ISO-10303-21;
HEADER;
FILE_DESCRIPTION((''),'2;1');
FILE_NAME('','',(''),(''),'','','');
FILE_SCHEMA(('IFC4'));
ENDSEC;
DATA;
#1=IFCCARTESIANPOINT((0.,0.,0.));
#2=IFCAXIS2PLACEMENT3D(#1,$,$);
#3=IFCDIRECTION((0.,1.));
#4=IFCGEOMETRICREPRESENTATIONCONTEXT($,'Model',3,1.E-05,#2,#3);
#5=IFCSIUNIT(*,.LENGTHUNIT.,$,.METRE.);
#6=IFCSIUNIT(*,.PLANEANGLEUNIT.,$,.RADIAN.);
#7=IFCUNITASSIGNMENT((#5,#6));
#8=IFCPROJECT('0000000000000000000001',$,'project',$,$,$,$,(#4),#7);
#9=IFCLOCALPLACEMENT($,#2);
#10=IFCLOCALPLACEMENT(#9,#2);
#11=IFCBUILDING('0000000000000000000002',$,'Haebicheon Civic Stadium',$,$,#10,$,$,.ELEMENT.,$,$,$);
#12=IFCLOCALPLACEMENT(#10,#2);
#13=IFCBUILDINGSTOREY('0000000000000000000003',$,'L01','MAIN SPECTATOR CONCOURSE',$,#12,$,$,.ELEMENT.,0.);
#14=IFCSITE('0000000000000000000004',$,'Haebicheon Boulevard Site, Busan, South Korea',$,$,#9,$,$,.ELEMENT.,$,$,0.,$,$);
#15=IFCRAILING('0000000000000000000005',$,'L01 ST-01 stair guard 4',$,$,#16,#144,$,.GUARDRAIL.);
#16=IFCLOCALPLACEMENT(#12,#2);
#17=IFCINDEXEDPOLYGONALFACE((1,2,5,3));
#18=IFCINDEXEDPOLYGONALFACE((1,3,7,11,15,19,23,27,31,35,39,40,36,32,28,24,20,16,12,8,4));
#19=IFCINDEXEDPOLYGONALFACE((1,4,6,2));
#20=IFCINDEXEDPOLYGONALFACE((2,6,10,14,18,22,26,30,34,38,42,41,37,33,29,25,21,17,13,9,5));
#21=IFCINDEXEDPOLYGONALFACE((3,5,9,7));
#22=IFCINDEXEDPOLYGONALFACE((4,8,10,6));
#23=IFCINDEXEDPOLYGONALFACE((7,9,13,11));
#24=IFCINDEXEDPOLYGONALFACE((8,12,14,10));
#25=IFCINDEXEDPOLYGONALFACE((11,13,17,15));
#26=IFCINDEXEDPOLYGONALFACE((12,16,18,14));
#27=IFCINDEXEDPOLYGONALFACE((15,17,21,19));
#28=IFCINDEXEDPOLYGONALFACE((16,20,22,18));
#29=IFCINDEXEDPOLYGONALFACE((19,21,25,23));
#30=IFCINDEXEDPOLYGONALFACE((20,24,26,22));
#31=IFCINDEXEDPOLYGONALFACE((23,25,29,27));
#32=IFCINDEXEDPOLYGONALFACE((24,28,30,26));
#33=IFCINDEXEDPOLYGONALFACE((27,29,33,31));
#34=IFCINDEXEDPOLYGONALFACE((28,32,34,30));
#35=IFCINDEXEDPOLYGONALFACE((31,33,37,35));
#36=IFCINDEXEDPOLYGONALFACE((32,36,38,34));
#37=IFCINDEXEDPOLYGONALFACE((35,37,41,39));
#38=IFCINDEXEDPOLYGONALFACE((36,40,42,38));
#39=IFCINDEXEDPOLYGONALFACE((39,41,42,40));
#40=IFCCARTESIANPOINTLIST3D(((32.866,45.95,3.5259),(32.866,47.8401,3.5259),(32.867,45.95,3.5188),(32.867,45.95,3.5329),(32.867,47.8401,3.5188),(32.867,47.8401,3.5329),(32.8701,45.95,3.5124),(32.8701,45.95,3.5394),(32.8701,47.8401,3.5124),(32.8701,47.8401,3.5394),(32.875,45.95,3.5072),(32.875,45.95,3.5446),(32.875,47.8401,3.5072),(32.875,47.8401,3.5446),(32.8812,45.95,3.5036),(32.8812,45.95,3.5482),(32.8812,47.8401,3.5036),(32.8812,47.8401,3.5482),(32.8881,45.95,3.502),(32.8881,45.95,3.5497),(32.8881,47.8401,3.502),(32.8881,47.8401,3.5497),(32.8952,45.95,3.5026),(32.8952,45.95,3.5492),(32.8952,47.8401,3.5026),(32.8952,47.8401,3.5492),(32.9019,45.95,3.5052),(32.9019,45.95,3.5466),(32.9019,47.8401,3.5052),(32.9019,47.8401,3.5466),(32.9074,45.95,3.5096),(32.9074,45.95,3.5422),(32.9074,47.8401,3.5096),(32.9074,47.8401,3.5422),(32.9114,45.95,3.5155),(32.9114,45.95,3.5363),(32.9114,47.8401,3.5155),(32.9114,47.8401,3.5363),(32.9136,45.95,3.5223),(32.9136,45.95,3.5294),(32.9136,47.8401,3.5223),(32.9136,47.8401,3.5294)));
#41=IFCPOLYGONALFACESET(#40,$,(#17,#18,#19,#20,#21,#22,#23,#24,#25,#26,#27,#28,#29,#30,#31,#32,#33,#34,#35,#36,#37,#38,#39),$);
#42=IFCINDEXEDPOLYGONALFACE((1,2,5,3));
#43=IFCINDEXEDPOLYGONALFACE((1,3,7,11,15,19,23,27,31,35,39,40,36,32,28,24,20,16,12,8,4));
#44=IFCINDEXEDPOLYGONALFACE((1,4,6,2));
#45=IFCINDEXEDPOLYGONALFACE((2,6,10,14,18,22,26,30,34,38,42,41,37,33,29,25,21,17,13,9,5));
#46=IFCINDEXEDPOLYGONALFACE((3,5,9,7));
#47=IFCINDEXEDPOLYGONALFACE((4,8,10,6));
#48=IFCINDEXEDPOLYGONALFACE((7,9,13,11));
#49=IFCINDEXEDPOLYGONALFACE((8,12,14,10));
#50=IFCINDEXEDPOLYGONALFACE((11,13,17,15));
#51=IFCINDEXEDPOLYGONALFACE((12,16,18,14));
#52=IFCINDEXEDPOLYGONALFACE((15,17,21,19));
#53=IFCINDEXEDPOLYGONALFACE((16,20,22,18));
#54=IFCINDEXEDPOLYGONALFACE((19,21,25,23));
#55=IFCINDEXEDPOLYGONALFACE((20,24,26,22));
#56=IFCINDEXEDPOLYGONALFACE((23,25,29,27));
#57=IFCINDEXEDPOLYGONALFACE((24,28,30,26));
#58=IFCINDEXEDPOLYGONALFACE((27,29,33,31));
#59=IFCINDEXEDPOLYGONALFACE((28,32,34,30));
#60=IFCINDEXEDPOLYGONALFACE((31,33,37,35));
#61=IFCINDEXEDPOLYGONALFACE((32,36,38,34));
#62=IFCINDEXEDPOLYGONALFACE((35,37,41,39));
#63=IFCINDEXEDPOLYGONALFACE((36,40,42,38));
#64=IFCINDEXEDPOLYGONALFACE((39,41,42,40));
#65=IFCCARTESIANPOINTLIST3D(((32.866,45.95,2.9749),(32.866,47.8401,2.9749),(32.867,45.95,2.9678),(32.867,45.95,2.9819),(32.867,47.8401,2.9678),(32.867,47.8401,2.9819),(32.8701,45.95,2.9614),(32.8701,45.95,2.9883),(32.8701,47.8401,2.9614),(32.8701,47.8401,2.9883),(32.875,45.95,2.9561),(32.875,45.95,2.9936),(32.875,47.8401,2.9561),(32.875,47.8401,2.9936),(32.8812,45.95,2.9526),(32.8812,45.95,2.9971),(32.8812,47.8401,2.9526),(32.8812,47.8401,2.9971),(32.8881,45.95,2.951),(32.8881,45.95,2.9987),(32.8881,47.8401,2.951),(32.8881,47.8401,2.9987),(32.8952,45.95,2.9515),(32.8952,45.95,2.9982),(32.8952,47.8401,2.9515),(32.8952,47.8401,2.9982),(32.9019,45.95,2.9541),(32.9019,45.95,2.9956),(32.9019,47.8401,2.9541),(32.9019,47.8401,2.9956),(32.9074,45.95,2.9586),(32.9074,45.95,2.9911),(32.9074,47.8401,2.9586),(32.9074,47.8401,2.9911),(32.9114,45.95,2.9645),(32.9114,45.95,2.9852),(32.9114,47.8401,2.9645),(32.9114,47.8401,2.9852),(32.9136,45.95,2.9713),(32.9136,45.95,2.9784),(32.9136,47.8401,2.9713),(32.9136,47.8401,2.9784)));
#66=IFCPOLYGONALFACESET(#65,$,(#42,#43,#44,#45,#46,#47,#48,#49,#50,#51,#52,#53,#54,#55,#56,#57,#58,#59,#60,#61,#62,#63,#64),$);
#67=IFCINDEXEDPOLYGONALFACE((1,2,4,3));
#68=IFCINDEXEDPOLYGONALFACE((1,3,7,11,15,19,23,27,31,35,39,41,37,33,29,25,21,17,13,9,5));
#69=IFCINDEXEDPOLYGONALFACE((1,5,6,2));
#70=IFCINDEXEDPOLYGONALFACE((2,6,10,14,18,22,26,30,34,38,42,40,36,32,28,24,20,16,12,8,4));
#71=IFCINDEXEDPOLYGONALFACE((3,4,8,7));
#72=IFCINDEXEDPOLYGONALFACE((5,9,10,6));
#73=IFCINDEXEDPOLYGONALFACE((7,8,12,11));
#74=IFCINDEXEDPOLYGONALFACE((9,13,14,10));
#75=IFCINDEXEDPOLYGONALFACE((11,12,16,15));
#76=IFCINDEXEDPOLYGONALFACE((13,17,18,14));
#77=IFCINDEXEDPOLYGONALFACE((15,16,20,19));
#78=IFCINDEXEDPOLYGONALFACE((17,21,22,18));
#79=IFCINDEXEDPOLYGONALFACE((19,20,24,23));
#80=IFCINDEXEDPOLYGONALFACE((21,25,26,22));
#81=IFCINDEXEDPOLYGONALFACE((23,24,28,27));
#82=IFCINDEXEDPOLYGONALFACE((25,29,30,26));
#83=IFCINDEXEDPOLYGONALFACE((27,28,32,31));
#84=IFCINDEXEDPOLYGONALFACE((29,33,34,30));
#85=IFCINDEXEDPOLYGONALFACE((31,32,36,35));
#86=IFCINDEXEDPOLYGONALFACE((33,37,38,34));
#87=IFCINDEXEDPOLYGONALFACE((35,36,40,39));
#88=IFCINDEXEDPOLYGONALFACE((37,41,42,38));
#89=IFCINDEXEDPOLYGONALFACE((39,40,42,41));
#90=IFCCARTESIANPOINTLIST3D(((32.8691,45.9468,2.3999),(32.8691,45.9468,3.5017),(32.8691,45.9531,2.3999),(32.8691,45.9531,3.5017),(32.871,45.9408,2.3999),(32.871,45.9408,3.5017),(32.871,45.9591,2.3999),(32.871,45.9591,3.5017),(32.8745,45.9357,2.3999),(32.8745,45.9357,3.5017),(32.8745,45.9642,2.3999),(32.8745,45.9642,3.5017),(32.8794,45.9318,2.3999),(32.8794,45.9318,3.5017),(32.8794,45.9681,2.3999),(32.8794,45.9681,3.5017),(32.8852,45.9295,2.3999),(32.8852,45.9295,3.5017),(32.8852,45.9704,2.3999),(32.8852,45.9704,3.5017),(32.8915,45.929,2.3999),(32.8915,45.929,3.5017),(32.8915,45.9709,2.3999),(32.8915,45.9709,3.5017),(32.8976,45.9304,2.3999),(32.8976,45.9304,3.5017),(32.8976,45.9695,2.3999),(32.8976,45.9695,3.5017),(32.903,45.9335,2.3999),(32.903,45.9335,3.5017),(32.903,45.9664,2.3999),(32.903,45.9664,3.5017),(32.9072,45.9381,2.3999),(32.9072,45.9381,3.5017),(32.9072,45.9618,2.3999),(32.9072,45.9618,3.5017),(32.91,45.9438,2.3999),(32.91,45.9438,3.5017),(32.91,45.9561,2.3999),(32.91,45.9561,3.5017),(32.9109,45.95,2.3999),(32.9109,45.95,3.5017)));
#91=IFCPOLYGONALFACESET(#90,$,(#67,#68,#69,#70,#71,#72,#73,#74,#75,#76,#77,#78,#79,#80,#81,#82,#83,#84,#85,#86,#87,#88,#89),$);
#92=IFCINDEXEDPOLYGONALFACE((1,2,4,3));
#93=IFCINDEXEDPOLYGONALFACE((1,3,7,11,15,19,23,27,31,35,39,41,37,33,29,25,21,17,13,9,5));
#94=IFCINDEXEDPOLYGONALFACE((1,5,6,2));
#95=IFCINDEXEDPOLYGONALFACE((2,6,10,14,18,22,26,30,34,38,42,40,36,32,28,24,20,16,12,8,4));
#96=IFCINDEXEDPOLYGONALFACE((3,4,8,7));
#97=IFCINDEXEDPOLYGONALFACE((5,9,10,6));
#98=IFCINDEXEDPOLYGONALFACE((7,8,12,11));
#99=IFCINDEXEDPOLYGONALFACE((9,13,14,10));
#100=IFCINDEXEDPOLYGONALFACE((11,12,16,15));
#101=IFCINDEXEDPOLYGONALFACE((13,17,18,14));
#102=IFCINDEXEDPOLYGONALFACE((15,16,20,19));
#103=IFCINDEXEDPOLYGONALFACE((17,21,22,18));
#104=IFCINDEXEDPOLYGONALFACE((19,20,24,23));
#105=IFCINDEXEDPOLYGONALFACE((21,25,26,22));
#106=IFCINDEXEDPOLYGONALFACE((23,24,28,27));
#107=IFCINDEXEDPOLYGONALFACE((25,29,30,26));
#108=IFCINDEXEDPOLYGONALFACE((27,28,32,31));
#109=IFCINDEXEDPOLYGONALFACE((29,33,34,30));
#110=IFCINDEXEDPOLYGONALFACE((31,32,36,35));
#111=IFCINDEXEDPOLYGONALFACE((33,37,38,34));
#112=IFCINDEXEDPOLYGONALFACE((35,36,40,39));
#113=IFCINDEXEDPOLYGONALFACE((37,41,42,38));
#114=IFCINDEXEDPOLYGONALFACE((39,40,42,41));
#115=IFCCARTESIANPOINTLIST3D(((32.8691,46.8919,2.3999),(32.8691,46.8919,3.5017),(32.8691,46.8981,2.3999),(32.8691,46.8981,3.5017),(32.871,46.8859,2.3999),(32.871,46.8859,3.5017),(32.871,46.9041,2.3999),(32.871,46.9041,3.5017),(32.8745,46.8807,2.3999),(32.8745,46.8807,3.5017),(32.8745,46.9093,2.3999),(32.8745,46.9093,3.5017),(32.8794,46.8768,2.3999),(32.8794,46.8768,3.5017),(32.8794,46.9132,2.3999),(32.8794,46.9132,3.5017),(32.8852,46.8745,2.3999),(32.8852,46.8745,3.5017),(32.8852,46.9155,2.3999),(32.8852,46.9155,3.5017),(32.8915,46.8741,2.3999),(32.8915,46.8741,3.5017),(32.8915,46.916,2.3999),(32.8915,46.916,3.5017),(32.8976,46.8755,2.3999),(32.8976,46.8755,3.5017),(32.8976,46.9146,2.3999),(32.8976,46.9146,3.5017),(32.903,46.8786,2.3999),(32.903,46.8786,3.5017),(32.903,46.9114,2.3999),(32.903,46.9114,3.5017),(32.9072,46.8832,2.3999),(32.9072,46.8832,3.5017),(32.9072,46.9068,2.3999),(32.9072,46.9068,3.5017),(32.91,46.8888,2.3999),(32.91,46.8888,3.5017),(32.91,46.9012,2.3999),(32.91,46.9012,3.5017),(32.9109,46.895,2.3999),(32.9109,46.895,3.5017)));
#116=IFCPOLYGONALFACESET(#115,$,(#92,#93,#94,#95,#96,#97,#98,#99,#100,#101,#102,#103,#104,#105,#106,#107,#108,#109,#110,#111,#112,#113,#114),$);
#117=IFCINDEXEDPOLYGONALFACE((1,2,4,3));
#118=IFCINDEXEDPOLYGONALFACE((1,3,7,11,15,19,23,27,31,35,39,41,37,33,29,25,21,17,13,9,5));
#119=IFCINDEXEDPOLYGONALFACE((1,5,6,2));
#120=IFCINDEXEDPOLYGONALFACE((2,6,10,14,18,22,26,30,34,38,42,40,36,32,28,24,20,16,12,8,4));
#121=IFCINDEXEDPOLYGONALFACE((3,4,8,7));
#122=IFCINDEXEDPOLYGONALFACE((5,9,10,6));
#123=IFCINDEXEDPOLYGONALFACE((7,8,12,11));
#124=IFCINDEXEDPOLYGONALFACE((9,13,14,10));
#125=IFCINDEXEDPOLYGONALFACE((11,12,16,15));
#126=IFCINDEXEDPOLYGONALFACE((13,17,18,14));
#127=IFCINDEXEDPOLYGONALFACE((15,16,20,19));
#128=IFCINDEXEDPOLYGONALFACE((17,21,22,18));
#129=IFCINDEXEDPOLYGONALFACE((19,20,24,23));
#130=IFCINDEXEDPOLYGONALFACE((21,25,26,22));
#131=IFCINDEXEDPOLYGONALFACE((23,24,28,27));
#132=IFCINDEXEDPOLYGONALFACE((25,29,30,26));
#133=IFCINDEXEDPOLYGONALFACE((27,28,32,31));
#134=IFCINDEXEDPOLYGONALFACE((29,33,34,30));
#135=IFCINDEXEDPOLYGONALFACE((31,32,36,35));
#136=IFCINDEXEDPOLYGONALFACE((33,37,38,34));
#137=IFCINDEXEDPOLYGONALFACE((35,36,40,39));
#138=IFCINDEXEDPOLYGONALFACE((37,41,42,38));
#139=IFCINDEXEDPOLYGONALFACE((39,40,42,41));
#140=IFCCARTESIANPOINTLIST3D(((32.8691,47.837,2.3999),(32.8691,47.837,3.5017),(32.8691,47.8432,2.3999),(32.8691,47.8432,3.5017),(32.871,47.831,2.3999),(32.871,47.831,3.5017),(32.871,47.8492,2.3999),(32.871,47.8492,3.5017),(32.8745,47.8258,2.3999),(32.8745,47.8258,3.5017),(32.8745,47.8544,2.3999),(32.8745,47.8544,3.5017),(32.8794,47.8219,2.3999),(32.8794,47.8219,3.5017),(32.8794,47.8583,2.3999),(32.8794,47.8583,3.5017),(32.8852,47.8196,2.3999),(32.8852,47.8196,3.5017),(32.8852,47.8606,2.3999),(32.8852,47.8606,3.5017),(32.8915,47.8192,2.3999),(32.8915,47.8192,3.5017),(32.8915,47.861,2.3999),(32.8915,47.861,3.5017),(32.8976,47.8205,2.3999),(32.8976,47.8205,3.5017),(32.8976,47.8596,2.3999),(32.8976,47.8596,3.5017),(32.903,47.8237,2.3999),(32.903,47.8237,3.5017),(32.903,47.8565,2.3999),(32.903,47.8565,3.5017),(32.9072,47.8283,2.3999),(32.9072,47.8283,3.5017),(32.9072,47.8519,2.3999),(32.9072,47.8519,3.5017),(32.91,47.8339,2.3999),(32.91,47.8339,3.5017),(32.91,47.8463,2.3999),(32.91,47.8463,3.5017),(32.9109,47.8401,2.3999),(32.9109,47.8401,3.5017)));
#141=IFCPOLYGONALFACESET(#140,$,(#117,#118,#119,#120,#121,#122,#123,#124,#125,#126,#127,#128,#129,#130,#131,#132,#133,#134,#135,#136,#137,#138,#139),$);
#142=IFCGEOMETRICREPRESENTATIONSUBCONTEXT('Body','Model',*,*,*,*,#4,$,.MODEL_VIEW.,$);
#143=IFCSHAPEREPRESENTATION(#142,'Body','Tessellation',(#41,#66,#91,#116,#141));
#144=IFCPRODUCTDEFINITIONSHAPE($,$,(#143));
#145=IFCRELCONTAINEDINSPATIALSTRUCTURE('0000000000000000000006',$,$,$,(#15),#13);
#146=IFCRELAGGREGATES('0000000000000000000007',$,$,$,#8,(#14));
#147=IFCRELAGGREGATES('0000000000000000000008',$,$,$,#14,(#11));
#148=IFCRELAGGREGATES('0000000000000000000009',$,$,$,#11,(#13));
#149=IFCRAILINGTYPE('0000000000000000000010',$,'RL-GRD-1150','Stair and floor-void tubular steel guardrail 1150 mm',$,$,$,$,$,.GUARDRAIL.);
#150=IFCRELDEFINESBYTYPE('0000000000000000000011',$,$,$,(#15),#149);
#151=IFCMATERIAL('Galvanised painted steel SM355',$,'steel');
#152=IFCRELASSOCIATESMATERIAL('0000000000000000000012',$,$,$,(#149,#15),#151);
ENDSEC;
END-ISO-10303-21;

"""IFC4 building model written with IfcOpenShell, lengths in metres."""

from ifc_helpers import new_model, si_unit, direction, frame, origin, origin_2d, place, context, subcontext, project, spatial, circle, extrude, material, type_object, element, save


model = new_model("IFC4")

# Units and contexts
model_context = context("Model", 3, precision=1e-05, world=origin(), true_north=direction((0.0, 1.0)))
body_context = subcontext(model_context, "Body", "Model", "MODEL_VIEW")
ifc_project = project(units=[si_unit("LENGTHUNIT", "METRE"), si_unit("PLANEANGLEUNIT", "RADIAN")], contexts=[model_context])

# Site, building, storey
site_placement = place(None, origin())
site = spatial("IfcSite", under=ifc_project, at=site_placement, Name="Haebicheon Boulevard Site, Busan, South Korea", CompositionType="ELEMENT", RefElevation=0.0)
building_placement = place(site_placement, origin())
building = spatial("IfcBuilding", under=site, at=building_placement, Name="Haebicheon Civic Stadium", CompositionType="ELEMENT")
storey_placement = place(building_placement, origin())
storey = spatial("IfcBuildingStorey", under=building, at=storey_placement, Name="L01", Description="MAIN SPECTATOR CONCOURSE", CompositionType="ELEMENT", Elevation=0.0)

# Railing
ifc_material_1 = material(Name="Galvanised painted steel SM355", Category="steel")
railing_type_1 = type_object("IfcRailingType", Name="RL-GRD-1150", Description="Stair and floor-void tubular steel guardrail 1150 mm", PredefinedType="GUARDRAIL", material=ifc_material_1)
railing_1_placement = place(storey_placement, frame((32.8899, 45.95, 2.3999)))
element("IfcRailing", 1, at=railing_1_placement, inside=storey, type_object=railing_type_1, material=ifc_material_1, Name="L01 ST-01 stair guard 4", PredefinedType="GUARDRAIL", context=body_context, shape_type="SweptSolid", body=[
    extrude(circle(Radius=0.0239, at=origin_2d()), frame((0.0, 0.0, 1.126), z_axis=(0.0, 1.0, 0.0), x_axis=(-1.0, 0.0, 0.0)), (0.0, 0.0, 1.0), 1.8901),
    extrude(circle(Radius=0.0239, at=origin_2d()), frame((0.0, 0.0, 0.575), z_axis=(0.0, 1.0, 0.0), x_axis=(-1.0, 0.0, 0.0)), (0.0, 0.0, 1.0), 1.8901),
    extrude(circle(Radius=0.021, at=origin_2d()), origin(), (0.0, 0.0, 1.0), 1.1018),
    extrude(circle(Radius=0.021, at=origin_2d()), frame((0.0, 0.9451, 0.0)), (0.0, 0.0, 1.0), 1.1018),
    extrude(circle(Radius=0.021, at=origin_2d()), frame((0.0, 1.8901, 0.0)), (0.0, 0.0, 1.0), 1.1018),
])

save(model, "model.ifc")
